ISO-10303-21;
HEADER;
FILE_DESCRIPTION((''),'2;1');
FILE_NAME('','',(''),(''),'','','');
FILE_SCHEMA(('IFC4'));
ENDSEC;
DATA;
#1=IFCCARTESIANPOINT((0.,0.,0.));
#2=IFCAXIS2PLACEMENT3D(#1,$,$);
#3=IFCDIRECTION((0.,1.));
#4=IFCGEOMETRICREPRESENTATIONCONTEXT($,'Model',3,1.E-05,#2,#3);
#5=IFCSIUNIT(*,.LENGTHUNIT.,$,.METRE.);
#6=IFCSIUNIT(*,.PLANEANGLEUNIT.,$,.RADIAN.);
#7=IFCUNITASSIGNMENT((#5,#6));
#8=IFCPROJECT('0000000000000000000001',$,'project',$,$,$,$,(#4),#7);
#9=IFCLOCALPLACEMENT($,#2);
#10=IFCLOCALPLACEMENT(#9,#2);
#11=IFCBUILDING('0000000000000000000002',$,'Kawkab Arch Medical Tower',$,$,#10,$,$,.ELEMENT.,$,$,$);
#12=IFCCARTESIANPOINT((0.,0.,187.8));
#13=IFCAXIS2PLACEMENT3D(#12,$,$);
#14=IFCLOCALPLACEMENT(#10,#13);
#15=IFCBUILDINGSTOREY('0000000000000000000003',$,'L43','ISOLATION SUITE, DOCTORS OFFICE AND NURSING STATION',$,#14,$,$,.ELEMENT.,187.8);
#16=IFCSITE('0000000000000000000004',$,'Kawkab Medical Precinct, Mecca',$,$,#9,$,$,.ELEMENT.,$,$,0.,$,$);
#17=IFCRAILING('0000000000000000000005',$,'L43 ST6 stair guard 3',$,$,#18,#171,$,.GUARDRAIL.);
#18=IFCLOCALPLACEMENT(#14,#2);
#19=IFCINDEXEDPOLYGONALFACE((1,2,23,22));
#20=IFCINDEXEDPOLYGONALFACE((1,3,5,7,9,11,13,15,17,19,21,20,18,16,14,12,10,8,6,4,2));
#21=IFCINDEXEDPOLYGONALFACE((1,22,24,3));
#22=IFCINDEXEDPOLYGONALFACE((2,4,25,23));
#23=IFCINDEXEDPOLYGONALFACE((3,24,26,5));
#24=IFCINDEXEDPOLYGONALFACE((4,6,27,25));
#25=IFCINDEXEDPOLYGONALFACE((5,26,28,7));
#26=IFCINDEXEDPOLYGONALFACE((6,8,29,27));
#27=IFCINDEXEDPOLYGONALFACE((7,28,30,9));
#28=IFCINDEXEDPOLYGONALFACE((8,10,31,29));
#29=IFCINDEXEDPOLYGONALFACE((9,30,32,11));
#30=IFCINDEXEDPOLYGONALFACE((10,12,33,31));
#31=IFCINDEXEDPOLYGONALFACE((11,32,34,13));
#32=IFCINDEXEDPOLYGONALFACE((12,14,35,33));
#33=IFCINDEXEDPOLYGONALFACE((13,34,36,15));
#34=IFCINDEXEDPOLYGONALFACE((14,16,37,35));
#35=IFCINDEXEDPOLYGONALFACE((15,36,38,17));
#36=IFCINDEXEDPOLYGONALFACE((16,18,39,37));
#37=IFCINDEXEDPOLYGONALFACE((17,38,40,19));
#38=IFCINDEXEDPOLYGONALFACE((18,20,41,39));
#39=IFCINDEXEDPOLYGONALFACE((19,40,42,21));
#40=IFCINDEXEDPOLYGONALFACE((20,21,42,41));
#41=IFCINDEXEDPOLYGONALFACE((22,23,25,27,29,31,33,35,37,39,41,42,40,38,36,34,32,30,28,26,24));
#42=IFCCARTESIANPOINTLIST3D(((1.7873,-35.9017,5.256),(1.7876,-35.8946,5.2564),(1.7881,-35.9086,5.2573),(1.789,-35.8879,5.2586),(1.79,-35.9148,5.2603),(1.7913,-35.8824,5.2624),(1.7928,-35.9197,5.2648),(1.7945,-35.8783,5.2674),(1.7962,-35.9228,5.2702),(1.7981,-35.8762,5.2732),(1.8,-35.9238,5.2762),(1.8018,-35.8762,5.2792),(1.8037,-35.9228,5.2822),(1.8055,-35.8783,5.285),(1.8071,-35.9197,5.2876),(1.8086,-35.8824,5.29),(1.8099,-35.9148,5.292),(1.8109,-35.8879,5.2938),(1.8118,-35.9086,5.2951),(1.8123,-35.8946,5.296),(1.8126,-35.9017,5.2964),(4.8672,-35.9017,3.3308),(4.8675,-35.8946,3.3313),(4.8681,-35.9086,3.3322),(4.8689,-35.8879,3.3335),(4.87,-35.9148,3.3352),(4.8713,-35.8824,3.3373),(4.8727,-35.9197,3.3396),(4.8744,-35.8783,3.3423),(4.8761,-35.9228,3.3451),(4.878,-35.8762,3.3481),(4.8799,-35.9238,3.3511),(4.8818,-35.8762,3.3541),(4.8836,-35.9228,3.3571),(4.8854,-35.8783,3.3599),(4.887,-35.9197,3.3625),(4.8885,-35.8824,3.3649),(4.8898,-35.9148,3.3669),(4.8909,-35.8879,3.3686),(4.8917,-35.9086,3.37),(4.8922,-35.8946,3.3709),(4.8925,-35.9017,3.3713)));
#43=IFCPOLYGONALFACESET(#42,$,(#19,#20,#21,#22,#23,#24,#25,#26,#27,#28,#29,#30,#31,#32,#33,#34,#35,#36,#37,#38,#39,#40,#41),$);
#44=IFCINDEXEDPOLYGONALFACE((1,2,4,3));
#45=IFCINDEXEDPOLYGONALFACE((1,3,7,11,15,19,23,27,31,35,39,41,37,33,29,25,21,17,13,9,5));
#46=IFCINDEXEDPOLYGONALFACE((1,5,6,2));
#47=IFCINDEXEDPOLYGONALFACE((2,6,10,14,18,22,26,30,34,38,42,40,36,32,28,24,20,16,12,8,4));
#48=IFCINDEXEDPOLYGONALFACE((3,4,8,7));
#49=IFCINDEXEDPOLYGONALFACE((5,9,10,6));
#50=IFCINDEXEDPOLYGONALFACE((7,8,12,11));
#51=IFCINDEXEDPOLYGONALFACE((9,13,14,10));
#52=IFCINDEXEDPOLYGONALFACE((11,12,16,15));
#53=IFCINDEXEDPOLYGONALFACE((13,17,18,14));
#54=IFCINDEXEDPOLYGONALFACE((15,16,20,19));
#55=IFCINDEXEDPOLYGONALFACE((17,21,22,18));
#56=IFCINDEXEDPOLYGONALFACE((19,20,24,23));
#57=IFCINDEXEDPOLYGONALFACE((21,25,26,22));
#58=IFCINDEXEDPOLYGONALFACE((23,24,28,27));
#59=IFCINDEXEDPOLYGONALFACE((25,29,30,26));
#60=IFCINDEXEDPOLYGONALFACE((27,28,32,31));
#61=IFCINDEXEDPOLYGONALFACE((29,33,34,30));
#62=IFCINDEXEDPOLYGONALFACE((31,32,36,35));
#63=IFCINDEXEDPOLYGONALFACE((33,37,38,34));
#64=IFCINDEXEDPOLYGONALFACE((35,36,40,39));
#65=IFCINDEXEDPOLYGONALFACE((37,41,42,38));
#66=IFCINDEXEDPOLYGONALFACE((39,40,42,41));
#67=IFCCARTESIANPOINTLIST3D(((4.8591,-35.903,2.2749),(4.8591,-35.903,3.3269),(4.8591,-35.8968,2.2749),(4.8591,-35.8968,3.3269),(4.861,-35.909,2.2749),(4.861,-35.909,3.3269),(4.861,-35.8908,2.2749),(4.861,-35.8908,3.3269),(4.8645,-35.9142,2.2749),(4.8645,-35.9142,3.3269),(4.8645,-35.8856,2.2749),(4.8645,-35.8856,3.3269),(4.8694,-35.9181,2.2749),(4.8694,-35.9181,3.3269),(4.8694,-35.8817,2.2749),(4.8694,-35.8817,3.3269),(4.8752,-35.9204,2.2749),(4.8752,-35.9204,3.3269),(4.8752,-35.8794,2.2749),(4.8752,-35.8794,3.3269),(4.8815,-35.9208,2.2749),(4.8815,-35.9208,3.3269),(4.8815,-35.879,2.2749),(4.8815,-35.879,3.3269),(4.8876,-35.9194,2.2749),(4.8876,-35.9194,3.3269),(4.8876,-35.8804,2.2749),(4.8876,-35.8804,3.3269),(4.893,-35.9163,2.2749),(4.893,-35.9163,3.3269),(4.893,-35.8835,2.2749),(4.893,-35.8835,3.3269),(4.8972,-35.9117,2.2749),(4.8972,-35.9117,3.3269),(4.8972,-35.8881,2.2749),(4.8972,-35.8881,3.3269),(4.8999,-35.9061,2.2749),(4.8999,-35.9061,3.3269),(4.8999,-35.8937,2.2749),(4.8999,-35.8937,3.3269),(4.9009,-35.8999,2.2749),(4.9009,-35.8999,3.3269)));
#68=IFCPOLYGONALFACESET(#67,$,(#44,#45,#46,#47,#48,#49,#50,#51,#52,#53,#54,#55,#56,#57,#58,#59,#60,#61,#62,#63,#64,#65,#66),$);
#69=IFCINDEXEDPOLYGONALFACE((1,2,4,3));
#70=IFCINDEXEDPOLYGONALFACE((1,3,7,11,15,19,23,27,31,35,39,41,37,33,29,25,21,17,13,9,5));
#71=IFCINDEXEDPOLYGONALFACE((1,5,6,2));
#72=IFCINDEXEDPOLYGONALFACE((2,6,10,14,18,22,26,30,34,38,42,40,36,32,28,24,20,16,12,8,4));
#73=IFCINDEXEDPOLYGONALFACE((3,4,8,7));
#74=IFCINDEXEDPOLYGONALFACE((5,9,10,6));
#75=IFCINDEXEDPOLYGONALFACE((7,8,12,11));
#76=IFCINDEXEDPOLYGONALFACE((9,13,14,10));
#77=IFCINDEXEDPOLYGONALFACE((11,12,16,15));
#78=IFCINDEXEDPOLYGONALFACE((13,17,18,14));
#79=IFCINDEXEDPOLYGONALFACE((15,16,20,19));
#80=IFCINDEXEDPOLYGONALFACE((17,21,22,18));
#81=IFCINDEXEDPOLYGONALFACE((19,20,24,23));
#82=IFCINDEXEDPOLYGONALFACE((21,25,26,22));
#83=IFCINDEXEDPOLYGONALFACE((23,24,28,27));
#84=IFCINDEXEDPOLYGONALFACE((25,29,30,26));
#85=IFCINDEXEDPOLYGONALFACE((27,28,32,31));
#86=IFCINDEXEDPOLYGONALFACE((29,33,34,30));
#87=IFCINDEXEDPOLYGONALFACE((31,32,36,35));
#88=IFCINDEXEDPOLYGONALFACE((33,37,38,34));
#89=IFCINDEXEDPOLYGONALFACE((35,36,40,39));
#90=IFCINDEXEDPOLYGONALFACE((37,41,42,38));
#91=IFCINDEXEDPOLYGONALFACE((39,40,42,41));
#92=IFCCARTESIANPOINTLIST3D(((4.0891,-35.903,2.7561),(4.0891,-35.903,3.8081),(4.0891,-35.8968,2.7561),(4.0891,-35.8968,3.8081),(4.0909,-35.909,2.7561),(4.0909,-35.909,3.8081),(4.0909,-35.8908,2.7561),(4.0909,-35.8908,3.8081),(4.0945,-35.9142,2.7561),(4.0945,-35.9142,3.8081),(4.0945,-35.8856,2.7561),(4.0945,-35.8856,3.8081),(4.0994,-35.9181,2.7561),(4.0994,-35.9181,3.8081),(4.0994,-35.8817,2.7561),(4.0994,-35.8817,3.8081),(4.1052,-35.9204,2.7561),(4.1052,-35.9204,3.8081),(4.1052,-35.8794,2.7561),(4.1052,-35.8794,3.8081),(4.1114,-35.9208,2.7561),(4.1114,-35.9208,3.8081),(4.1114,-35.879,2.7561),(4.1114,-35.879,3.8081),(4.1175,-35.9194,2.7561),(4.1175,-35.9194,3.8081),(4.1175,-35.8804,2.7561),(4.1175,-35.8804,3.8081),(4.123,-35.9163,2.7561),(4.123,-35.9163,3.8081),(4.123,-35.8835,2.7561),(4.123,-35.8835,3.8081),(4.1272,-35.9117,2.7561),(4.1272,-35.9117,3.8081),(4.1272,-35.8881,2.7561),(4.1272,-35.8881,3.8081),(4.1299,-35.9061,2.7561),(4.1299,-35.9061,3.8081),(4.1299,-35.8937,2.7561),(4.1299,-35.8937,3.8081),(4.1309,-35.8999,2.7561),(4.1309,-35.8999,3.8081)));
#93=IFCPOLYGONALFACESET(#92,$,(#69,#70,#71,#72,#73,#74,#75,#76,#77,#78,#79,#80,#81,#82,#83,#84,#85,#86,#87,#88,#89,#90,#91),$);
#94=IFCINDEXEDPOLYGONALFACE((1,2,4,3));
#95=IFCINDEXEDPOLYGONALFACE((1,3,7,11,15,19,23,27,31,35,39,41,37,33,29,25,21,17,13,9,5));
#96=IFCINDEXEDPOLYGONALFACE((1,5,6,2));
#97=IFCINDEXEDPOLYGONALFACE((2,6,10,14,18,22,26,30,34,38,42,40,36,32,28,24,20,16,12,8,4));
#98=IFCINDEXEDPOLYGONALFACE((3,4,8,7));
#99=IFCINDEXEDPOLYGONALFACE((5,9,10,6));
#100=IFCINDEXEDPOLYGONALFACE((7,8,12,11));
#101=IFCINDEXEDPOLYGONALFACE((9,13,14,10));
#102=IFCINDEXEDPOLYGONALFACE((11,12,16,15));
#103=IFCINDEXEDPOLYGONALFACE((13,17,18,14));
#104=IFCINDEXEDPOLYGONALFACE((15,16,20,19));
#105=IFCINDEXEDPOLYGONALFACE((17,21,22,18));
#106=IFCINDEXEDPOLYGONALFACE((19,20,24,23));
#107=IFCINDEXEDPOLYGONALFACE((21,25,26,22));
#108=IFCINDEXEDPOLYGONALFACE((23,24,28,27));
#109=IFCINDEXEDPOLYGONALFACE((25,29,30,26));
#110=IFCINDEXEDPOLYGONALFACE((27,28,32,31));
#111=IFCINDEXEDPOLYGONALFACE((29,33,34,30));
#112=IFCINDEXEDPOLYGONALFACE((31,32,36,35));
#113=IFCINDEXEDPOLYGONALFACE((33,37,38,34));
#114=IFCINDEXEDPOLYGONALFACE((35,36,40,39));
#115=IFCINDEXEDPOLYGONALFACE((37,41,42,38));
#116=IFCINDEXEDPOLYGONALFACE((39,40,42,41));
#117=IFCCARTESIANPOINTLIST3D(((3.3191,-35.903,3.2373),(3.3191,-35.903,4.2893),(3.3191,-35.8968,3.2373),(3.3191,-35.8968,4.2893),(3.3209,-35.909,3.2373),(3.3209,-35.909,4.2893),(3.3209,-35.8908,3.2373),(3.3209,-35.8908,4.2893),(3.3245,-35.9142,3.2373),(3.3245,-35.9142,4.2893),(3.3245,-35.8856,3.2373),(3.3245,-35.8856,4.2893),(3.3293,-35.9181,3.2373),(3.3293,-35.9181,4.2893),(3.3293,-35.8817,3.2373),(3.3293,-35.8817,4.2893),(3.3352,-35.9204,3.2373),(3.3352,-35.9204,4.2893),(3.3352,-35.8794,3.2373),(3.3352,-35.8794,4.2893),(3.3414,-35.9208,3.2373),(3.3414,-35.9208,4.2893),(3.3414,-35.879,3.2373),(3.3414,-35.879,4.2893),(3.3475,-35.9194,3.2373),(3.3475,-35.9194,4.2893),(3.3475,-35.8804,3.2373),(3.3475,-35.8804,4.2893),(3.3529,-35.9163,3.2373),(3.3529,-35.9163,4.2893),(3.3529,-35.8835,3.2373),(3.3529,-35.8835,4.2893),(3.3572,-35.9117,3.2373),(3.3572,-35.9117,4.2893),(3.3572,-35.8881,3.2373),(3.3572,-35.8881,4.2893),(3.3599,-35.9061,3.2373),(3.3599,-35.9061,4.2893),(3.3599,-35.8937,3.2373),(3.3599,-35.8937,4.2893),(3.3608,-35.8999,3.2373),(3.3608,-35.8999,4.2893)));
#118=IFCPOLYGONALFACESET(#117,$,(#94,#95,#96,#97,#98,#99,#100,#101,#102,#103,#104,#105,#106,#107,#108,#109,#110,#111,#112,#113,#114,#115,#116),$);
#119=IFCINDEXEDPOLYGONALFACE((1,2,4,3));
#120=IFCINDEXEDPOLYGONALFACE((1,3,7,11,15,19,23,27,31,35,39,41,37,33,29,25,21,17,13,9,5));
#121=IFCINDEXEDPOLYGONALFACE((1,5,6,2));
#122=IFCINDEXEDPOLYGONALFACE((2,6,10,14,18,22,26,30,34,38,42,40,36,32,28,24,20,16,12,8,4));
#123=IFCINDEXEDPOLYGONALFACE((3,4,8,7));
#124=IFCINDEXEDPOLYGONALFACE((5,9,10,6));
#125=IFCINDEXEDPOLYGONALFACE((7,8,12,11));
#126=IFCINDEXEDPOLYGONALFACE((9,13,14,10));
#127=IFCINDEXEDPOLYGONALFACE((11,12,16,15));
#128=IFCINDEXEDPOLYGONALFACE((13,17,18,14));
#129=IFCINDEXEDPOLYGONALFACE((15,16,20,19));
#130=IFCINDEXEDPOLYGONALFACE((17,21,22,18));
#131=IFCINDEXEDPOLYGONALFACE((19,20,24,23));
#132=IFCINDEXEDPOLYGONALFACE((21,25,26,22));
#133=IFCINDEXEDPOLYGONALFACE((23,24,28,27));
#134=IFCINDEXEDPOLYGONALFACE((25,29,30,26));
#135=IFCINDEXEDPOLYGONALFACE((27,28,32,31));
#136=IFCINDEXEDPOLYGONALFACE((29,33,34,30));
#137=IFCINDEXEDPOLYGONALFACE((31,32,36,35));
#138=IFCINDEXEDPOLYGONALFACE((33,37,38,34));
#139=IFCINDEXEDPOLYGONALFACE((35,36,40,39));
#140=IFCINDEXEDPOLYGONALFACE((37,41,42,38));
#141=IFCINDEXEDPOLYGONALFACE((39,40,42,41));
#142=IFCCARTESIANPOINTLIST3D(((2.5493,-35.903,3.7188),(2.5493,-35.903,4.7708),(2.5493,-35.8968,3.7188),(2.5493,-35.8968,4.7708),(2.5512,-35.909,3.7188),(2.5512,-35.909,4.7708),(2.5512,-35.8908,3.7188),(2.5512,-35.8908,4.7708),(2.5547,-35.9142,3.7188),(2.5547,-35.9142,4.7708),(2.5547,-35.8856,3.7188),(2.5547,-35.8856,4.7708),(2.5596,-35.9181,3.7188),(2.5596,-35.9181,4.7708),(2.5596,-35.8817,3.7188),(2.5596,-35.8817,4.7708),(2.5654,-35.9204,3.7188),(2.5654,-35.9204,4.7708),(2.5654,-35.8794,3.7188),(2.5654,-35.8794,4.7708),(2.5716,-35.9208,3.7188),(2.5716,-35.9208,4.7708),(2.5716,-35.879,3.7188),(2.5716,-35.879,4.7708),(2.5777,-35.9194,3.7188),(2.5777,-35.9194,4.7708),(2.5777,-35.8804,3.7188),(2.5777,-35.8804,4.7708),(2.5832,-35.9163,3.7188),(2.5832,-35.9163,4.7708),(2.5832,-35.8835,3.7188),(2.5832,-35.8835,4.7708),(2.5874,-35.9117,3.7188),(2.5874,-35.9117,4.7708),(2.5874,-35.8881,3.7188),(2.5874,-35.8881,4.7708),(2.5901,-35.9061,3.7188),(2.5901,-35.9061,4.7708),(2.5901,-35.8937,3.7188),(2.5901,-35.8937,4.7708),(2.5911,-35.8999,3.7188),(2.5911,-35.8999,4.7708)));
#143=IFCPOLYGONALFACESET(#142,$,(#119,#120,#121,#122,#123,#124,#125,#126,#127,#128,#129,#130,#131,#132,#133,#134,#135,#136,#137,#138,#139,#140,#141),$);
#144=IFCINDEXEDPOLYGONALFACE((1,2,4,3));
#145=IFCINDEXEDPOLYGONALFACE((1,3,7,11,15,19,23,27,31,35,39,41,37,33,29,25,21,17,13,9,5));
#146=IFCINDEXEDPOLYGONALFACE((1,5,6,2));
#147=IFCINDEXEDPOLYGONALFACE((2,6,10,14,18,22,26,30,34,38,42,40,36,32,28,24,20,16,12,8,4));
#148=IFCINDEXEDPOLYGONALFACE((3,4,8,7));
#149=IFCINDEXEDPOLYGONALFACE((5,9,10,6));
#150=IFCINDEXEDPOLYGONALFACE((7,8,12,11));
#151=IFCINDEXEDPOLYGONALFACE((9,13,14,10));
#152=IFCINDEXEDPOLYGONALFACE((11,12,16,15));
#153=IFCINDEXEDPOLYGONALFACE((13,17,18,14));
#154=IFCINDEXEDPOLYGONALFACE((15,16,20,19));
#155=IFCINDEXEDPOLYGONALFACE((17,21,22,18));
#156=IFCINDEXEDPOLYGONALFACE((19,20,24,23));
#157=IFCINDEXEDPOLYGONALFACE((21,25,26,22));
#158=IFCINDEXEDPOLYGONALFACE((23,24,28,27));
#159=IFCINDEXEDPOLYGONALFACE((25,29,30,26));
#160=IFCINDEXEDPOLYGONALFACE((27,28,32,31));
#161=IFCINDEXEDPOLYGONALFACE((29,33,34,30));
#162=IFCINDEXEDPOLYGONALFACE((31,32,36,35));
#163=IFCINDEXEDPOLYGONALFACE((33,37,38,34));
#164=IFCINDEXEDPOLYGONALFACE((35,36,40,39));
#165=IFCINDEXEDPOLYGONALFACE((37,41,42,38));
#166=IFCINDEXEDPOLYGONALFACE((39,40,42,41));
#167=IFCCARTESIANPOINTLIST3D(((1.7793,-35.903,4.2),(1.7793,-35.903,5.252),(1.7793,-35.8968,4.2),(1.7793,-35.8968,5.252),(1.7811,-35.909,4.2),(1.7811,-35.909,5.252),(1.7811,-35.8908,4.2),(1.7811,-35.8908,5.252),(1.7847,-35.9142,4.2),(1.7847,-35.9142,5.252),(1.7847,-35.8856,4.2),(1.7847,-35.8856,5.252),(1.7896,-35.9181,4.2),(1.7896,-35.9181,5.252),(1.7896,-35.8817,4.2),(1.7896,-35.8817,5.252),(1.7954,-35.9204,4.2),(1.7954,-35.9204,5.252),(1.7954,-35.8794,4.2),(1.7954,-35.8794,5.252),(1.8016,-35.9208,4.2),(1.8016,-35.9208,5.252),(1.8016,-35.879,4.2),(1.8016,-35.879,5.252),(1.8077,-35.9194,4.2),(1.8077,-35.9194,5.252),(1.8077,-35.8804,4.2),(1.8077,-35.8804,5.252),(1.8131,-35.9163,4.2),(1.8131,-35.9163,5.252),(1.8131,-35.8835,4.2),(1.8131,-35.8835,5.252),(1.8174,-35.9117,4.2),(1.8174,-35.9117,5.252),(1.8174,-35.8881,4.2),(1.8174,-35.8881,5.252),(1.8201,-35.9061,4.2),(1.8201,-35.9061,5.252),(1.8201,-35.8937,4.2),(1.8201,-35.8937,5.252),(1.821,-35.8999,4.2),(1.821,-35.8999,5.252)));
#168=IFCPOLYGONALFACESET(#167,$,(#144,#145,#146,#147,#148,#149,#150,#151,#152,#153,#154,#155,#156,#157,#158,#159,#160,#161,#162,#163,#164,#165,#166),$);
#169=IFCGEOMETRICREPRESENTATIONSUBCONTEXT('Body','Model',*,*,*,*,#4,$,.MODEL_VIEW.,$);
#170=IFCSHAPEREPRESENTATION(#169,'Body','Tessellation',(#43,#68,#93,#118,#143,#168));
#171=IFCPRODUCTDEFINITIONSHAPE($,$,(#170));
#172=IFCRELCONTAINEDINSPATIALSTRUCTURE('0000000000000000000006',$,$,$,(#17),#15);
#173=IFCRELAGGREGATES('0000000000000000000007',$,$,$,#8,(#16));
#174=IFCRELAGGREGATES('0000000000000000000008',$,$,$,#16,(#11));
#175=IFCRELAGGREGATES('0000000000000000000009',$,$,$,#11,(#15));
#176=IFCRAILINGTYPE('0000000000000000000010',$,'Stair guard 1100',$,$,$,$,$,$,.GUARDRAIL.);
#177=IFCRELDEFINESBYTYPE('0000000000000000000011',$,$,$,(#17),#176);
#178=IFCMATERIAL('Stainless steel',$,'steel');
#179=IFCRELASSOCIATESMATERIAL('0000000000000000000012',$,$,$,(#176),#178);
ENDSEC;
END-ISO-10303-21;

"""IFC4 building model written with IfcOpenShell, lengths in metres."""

from ifc_helpers import new_model, si_unit, direction, frame, origin, origin_2d, place, context, subcontext, project, spatial, circle, extrude, material, type_object, element, save


model = new_model("IFC4")

# Units and contexts
model_context = context("Model", 3, precision=1e-05, world=origin(), true_north=direction((0.0, 1.0)))
body_context = subcontext(model_context, "Body", "Model", "MODEL_VIEW")
ifc_project = project(units=[si_unit("LENGTHUNIT", "METRE"), si_unit("PLANEANGLEUNIT", "RADIAN")], contexts=[model_context])

# Site, building, storey
site_placement = place(None, origin())
site = spatial("IfcSite", under=ifc_project, at=site_placement, Name="Kawkab Medical Precinct, Mecca", CompositionType="ELEMENT", RefElevation=0.0)
building_placement = place(site_placement, origin())
building = spatial("IfcBuilding", under=site, at=building_placement, Name="Kawkab Arch Medical Tower", CompositionType="ELEMENT")
storey_placement = place(building_placement, frame((0.0, 0.0, 187.8)))
storey = spatial("IfcBuildingStorey", under=building, at=storey_placement, Name="L43", Description="ISOLATION SUITE, DOCTORS OFFICE AND NURSING STATION", CompositionType="ELEMENT", Elevation=187.8)

# Railing
ifc_material_1 = material(Name="Stainless steel", Category="steel")
railing_type = type_object("IfcRailingType", Name="Stair guard 1100", PredefinedType="GUARDRAIL", material=ifc_material_1)
railing_1_placement = place(storey_placement, frame((4.8799, -35.8999, 2.2749)))
element("IfcRailing", 1, at=railing_1_placement, inside=storey, type_object=railing_type, Name="L43 ST6 stair guard 3", PredefinedType="GUARDRAIL", context=body_context, shape_type="SweptSolid", body=[
    extrude(circle(Radius=0.0239, at=origin_2d()), frame((0.0, 0.0, 1.0762), z_axis=(-0.847979, 0.0, 0.530029), x_axis=(0.0, -1.0, 0.0)), (0.0, 0.0, 1.0), 3.6321),
    extrude(circle(Radius=0.021, at=origin_2d()), origin(), (0.0, 0.0, 1.0), 1.052),
    extrude(circle(Radius=0.021, at=origin_2d()), frame((-0.77, 0.0, 0.4812)), (0.0, 0.0, 1.0), 1.052),
    extrude(circle(Radius=0.021, at=origin_2d()), frame((-1.54, 0.0, 0.9624)), (0.0, 0.0, 1.0), 1.052),
    extrude(circle(Radius=0.021, at=origin_2d()), frame((-2.3098, 0.0, 1.4438)), (0.0, 0.0, 1.0), 1.052),
    extrude(circle(Radius=0.021, at=origin_2d()), frame((-3.0798, 0.0, 1.925)), (0.0, 0.0, 1.0), 1.052),
])

save(model, "model.ifc")
